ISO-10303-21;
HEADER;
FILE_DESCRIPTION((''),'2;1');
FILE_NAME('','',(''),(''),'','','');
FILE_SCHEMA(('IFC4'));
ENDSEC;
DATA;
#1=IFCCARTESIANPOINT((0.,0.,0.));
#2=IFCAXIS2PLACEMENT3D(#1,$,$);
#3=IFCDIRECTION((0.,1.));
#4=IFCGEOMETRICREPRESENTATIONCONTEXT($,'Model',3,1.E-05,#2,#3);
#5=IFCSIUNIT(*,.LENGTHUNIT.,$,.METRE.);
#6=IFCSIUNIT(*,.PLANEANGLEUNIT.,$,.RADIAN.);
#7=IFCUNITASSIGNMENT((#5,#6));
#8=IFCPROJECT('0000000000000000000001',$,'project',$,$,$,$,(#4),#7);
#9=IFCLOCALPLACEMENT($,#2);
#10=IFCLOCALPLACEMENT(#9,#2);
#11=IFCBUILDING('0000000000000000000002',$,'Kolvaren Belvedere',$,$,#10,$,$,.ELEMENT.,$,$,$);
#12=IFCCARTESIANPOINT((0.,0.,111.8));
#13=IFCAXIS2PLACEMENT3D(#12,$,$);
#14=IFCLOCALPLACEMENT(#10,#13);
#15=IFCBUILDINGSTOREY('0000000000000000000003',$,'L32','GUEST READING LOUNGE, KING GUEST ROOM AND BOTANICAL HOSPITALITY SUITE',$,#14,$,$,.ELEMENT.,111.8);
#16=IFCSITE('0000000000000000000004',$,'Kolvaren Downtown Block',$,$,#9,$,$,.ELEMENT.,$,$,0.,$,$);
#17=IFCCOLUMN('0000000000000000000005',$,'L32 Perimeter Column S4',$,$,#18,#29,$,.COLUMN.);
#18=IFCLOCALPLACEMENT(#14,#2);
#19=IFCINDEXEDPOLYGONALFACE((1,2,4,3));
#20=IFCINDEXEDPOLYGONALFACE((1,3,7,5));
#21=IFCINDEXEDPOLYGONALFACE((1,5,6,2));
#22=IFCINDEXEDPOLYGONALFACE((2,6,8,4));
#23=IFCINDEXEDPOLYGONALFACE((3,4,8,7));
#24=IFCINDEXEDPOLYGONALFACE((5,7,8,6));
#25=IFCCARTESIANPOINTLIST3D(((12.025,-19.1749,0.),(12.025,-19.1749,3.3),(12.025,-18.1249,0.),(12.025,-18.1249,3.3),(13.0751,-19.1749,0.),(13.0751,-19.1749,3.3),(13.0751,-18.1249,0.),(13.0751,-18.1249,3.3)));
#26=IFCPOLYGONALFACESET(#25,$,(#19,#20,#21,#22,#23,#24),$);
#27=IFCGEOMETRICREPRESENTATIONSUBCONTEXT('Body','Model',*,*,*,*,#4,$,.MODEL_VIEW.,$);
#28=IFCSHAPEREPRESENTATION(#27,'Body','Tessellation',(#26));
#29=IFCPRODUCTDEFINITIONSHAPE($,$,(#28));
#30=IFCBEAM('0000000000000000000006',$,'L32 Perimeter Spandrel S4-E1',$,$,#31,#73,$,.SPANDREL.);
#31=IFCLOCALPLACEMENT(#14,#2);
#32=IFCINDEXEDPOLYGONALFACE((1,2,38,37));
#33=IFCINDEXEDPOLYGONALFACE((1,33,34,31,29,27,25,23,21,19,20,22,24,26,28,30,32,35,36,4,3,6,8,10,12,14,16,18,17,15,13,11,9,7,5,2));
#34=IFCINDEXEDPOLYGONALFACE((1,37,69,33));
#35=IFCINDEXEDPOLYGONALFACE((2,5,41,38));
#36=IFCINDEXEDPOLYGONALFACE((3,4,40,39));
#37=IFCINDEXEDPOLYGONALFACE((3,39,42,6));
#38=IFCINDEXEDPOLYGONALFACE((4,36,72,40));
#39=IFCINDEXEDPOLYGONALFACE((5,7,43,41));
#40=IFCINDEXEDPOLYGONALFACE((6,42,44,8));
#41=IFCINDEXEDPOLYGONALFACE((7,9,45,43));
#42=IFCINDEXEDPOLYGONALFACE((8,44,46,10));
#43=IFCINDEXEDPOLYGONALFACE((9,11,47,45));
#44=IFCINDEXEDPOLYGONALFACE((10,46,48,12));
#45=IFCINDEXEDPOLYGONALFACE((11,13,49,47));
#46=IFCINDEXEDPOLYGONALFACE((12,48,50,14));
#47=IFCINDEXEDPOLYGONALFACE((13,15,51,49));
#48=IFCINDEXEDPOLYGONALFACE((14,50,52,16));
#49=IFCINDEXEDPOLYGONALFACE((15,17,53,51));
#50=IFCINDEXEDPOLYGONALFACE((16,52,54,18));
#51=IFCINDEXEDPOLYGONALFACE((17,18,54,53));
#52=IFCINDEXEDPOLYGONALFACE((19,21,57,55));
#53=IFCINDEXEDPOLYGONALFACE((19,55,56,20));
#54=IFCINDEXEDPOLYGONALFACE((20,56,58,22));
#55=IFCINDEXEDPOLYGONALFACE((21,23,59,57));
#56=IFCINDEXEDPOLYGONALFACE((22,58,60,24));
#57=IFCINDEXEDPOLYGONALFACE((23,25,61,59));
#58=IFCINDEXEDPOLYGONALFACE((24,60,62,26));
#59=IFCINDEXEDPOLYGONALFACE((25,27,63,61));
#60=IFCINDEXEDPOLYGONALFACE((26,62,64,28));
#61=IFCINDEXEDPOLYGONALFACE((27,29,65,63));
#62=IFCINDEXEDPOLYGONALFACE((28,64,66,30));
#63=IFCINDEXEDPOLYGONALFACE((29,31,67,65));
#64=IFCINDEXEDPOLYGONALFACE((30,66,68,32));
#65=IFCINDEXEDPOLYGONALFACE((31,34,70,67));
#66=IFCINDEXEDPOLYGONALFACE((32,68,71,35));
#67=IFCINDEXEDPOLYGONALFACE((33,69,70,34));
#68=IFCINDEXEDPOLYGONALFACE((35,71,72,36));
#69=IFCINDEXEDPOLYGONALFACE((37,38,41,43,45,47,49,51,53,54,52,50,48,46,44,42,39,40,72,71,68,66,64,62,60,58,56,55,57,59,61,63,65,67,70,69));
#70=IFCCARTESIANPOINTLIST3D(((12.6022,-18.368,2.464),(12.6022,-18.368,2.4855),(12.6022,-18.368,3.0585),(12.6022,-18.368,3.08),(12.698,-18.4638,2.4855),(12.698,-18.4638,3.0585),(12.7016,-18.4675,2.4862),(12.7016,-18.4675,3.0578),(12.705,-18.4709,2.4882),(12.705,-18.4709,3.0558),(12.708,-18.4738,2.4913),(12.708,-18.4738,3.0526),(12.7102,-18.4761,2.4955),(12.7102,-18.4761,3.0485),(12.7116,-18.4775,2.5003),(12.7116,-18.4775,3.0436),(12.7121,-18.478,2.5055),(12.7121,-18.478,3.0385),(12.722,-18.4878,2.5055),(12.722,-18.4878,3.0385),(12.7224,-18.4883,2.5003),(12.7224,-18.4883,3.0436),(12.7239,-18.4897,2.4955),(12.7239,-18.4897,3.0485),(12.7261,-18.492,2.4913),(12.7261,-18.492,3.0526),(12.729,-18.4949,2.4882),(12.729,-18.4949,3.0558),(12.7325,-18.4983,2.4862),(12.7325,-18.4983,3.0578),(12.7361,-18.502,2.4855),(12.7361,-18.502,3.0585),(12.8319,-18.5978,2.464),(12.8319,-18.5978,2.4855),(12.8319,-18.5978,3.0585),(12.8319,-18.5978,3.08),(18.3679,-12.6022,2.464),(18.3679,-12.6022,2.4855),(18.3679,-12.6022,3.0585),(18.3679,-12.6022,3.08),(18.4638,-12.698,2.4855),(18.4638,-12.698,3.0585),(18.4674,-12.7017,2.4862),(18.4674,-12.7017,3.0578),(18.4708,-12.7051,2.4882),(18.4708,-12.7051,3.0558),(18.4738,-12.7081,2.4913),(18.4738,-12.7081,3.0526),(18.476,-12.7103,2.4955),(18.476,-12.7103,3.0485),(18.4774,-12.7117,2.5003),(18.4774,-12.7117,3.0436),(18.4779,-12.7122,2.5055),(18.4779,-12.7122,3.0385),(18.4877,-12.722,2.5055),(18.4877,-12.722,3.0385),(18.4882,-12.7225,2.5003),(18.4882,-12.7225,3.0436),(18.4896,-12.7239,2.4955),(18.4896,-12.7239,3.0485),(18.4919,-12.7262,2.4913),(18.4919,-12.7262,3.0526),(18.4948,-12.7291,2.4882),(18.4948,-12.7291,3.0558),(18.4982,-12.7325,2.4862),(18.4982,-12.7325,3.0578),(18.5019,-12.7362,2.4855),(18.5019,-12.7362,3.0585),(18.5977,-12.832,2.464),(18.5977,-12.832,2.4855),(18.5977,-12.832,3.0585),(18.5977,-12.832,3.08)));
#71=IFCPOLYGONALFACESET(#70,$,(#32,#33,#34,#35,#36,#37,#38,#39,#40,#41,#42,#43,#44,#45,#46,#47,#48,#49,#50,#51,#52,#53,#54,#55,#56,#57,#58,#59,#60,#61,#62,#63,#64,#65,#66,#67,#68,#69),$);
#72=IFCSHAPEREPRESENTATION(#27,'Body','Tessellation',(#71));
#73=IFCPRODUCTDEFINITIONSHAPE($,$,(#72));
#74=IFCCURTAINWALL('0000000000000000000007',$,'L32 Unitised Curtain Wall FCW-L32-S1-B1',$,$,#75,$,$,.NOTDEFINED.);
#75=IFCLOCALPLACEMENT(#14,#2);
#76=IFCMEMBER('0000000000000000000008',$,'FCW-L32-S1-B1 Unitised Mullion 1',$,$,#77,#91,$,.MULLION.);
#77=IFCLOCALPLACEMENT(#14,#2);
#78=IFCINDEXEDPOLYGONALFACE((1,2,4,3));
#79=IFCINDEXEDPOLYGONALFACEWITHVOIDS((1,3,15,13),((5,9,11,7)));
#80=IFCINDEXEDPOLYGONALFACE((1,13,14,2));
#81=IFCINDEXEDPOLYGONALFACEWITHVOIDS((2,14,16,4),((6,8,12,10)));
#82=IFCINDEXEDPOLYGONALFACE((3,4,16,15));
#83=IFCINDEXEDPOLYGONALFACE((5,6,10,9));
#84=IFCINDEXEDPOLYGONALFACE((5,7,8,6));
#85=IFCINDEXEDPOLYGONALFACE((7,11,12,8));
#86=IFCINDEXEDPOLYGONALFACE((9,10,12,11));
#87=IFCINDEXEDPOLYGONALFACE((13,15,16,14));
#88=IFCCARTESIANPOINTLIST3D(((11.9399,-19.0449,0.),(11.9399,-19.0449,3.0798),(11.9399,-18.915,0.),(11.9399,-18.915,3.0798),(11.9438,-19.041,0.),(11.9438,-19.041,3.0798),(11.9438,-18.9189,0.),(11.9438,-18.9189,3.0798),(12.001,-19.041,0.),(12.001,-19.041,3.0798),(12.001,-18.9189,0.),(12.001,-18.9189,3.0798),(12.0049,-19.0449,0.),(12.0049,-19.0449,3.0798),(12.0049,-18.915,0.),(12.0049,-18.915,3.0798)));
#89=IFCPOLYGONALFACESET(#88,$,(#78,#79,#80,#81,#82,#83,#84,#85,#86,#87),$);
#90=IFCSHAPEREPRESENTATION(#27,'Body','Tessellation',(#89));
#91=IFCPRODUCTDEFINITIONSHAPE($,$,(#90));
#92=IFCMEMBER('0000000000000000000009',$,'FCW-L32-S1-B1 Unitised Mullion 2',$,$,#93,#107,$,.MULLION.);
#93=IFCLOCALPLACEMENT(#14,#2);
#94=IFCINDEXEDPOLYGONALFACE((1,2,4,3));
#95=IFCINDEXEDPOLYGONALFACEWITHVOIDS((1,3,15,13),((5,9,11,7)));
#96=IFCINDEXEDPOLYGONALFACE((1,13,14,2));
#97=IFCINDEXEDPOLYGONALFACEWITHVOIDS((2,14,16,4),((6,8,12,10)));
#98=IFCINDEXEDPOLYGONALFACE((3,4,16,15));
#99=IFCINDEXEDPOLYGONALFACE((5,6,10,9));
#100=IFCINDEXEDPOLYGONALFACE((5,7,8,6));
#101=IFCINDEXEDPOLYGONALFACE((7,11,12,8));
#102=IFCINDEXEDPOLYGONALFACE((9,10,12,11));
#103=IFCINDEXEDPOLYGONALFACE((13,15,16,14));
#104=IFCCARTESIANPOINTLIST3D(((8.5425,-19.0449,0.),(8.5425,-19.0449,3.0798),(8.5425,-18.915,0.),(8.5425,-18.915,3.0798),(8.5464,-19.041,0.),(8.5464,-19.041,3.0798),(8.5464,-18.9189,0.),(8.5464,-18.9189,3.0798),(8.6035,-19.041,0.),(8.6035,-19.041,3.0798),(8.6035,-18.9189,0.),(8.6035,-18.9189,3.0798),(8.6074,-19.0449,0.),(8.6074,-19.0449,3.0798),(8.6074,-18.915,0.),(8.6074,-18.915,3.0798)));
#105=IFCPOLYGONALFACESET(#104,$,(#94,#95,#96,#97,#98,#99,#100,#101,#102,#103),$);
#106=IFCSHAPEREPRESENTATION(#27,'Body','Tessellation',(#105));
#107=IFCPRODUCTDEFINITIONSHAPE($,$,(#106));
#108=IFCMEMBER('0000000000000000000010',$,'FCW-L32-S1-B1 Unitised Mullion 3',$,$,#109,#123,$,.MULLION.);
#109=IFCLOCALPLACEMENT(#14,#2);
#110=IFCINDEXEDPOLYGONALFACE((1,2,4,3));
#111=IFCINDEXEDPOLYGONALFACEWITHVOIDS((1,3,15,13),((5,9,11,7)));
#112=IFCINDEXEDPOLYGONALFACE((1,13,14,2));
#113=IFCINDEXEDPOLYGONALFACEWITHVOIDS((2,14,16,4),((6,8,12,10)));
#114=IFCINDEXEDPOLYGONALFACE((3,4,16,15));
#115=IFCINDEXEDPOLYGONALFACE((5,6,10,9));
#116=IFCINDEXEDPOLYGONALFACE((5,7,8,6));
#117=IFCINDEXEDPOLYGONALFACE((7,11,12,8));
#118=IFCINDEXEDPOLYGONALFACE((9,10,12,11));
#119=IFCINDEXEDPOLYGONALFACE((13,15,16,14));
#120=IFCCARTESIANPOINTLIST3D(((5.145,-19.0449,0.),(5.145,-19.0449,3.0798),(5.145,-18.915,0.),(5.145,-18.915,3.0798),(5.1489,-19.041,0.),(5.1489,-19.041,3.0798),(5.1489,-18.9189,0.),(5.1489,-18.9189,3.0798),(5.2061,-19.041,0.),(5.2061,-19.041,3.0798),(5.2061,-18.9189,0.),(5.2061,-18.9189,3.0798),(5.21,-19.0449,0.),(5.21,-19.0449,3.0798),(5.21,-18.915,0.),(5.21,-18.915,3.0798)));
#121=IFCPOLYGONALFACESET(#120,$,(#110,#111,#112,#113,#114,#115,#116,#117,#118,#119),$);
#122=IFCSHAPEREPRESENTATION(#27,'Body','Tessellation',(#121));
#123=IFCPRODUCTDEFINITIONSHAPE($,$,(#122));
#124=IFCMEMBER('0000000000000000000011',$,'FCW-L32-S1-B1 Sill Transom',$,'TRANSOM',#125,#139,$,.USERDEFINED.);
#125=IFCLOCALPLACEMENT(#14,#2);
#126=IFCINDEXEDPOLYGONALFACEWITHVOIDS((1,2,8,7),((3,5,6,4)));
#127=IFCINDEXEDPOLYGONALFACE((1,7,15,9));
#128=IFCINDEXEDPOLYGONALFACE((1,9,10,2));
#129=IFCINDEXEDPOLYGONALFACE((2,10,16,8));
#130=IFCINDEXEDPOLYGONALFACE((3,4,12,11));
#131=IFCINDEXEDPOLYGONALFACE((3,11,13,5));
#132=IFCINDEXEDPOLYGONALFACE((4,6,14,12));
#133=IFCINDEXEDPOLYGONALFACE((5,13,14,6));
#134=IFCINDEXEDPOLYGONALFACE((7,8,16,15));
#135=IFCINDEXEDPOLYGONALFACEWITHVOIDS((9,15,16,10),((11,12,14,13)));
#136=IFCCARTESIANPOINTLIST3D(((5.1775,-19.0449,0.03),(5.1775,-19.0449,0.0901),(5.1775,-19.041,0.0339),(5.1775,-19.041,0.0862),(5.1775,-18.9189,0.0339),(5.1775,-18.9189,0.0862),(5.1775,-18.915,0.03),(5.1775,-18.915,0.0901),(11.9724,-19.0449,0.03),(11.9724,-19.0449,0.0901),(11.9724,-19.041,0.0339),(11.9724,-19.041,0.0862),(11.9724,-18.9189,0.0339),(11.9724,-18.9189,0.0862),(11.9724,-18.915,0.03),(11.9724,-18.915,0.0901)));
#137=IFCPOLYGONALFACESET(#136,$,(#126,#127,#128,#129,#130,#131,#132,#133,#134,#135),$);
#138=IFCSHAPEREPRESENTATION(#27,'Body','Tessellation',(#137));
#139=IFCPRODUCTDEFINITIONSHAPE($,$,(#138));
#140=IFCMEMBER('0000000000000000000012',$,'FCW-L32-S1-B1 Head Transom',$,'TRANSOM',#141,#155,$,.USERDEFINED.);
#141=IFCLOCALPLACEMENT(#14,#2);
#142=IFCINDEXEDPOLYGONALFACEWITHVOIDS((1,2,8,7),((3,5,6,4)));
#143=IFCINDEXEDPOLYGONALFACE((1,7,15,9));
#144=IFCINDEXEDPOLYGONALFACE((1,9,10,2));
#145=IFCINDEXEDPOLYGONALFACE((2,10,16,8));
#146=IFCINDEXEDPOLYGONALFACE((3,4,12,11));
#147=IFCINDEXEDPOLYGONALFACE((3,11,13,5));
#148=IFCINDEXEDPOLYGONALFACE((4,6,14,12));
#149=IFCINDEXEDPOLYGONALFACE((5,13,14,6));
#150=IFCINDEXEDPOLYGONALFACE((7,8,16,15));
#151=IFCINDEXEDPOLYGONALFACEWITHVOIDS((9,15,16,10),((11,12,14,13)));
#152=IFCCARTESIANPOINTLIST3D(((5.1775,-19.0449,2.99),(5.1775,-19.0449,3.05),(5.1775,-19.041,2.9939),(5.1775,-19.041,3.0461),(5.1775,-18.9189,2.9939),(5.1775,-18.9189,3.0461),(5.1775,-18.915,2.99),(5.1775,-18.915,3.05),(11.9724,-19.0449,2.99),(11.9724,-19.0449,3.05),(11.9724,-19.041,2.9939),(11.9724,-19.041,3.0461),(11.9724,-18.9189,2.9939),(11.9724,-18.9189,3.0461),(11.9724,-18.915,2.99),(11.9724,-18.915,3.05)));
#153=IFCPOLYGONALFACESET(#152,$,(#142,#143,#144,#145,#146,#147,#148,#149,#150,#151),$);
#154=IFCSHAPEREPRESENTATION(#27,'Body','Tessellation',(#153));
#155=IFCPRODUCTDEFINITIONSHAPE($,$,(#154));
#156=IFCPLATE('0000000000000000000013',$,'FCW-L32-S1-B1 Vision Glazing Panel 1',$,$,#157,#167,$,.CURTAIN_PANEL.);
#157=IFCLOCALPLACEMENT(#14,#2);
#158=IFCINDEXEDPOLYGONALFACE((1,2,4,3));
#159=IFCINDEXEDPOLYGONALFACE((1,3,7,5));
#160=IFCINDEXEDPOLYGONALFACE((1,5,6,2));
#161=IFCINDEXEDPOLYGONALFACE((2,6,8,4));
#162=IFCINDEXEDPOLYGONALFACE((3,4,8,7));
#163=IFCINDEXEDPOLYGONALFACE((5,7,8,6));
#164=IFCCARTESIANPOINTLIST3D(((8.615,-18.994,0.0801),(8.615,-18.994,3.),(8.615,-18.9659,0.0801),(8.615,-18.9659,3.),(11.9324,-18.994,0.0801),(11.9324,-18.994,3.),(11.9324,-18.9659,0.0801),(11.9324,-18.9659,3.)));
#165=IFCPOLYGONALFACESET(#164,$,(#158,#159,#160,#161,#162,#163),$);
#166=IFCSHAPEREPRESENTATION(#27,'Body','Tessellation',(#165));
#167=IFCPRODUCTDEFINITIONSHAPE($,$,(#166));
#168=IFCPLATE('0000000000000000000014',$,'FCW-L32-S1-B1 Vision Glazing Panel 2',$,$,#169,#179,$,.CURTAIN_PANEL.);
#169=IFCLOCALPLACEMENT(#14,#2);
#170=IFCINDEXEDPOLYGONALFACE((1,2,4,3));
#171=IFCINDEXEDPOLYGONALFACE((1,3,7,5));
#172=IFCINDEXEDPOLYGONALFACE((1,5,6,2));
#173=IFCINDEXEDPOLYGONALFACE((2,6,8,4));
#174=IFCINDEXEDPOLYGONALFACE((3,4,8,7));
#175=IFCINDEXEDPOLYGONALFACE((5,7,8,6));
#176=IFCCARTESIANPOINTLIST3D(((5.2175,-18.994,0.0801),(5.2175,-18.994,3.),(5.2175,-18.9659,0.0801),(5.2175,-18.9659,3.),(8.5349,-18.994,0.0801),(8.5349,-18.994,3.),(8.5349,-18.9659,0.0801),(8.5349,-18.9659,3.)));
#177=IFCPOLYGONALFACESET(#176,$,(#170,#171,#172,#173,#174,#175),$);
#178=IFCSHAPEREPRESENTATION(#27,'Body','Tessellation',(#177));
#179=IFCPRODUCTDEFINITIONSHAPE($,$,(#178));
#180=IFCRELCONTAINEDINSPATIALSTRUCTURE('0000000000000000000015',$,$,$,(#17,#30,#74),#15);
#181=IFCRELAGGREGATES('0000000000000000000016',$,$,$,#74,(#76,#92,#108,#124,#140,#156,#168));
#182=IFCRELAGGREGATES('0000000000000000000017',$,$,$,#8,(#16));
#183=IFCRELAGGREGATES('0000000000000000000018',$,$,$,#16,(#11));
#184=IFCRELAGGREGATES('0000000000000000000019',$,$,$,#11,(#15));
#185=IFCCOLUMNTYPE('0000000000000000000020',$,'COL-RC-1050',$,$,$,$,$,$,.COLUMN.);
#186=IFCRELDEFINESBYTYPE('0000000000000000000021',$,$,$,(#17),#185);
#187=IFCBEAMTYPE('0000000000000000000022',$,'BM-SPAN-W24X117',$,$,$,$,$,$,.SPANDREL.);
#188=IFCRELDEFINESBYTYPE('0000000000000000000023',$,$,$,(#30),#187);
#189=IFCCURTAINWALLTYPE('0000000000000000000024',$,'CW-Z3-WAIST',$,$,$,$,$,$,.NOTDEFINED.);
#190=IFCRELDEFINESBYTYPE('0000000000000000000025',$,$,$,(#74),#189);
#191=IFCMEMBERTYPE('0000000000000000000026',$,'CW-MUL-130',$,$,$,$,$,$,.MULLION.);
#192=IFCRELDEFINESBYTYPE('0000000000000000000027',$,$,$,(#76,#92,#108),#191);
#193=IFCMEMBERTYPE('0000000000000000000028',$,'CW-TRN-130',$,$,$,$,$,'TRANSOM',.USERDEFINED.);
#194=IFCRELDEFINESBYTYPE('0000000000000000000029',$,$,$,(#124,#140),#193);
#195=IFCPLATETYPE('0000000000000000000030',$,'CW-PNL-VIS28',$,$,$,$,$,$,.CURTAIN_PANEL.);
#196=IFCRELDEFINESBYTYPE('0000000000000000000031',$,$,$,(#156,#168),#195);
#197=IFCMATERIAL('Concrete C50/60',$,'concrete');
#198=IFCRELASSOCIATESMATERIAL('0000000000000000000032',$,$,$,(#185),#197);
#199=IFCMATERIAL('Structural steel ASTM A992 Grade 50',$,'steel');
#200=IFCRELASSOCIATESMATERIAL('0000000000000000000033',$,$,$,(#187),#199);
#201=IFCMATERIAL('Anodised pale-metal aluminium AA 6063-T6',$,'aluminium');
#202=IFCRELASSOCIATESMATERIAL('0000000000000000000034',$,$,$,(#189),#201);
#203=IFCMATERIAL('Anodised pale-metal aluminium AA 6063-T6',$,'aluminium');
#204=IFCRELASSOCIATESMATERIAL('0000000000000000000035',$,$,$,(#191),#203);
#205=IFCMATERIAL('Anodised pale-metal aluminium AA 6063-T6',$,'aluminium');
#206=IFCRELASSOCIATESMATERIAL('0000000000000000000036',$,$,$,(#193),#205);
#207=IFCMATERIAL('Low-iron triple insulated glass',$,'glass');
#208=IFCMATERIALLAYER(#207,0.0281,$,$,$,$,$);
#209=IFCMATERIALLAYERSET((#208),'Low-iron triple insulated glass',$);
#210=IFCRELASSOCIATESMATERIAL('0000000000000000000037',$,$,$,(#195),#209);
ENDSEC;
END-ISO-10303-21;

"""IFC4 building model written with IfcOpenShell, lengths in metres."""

from ifc_helpers import new_model, si_unit, direction, frame, origin, origin_2d, place, context, subcontext, project, spatial, rectangle, hollow_rectangle, i_section, extrude, material, layer, layer_set, material_profile, profile_set, type_object, element, aggregate, save


model = new_model("IFC4")

# Units and contexts
model_context = context("Model", 3, precision=1e-05, world=origin(), true_north=direction((0.0, 1.0)))
body_context = subcontext(model_context, "Body", "Model", "MODEL_VIEW")
ifc_project = project(units=[si_unit("LENGTHUNIT", "METRE"), si_unit("PLANEANGLEUNIT", "RADIAN")], contexts=[model_context])

# Site, building, storey
site_placement = place(None, origin())
site = spatial("IfcSite", under=ifc_project, at=site_placement, Name="Kolvaren Downtown Block", CompositionType="ELEMENT", RefElevation=0.0)
building_placement = place(site_placement, origin())
building = spatial("IfcBuilding", under=site, at=building_placement, Name="Kolvaren Belvedere", CompositionType="ELEMENT")
storey_placement = place(building_placement, frame((0.0, 0.0, 111.8)))
storey = spatial("IfcBuildingStorey", under=building, at=storey_placement, Name="L32", Description="GUEST READING LOUNGE, KING GUEST ROOM AND BOTANICAL HOSPITALITY SUITE", CompositionType="ELEMENT", Elevation=111.8)

# Column
ifc_material_1 = material(Name="Concrete C50/60", Category="concrete")
ifc_material_profile_1 = material_profile(ifc_material_1, rectangle(XDim=1.05, YDim=1.05, at=origin_2d()), Name="RC 1050X1050")
ifc_profile_set_1 = profile_set([ifc_material_profile_1], Name="Concrete C50/60")
column_type = type_object("IfcColumnType", Name="COL-RC-1050", PredefinedType="COLUMN", material=ifc_profile_set_1)
column_placement = place(storey_placement, frame((12.55, -18.6499, 0.0), z_axis=(0.0, 0.0, 1.0), x_axis=(1.0, 0.0, 0.0)))
element("IfcColumn", 1, at=column_placement, inside=storey, type_object=column_type, Name="L32 Perimeter Column S4", PredefinedType="COLUMN", context=body_context, shape_type="SweptSolid", body=[
    extrude(rectangle(XDim=1.05, YDim=1.05, at=origin_2d()), origin(), (0.0, 0.0, 1.0), 3.3),
])

# Beam
ifc_material_2 = material(Name="Structural steel ASTM A992 Grade 50", Category="steel")
ifc_material_profile_2 = material_profile(ifc_material_2, i_section(OverallWidth=0.325, OverallDepth=0.616, WebThickness=0.0139, FlangeThickness=0.0215, FilletRadius=0.02, at=origin_2d()), Name="W24X117")
ifc_profile_set_2 = profile_set([ifc_material_profile_2], Name="Structural steel ASTM A992 Grade 50")
beam_type = type_object("IfcBeamType", Name="BM-SPAN-W24X117", PredefinedType="SPANDREL", material=ifc_profile_set_2)
beam_placement = place(storey_placement, frame((12.717, -18.4829, 2.772), z_axis=(0.707107, 0.707107, 0.0), x_axis=(-0.707107, 0.707107, 0.0)))
element("IfcBeam", 2, at=beam_placement, inside=storey, type_object=beam_type, Name="L32 Perimeter Spandrel S4-E1", PredefinedType="SPANDREL", context=body_context, shape_type="SweptSolid", body=[
    extrude(i_section(OverallWidth=0.325, OverallDepth=0.616, WebThickness=0.0139, FlangeThickness=0.0215, FilletRadius=0.02, at=origin_2d()), origin(), (0.0, 0.0, 1.0), 8.1541),
])

# Curtain wall, members, plates
ifc_material_3 = material(Name="Anodised pale-metal aluminium AA 6063-T6", Category="aluminium")
curtain_wall_type = type_object("IfcCurtainWallType", Name="CW-Z3-WAIST", PredefinedType="NOTDEFINED", material=ifc_material_3)
curtain_wall_placement = place(storey_placement, origin())
curtain_wall = element("IfcCurtainWall", 3, at=curtain_wall_placement, inside=storey, type_object=curtain_wall_type, Name="L32 Unitised Curtain Wall FCW-L32-S1-B1", PredefinedType="NOTDEFINED")
ifc_material_4 = material(Name="Anodised pale-metal aluminium AA 6063-T6", Category="aluminium")
ifc_material_profile_3 = material_profile(ifc_material_4, hollow_rectangle(XDim=0.0649, YDim=0.1299, WallThickness=0.0039, at=origin_2d()), Name="ALU-MUL-130X65")
ifc_profile_set_3 = profile_set([ifc_material_profile_3], Name="Anodised pale-metal aluminium AA 6063-T6")
member_type_1 = type_object("IfcMemberType", Name="CW-MUL-130", PredefinedType="MULLION", material=ifc_profile_set_3)
member_1_placement = place(storey_placement, frame((11.9724, -18.98, 0.0), z_axis=(0.0, 0.0, 1.0), x_axis=(1.0, 0.0, 0.0)))
member_1 = element("IfcMember", 4, at=member_1_placement, type_object=member_type_1, Name="FCW-L32-S1-B1 Unitised Mullion 1", PredefinedType="MULLION", context=body_context, shape_type="SweptSolid", body=[
    extrude(hollow_rectangle(XDim=0.0649, YDim=0.1299, WallThickness=0.0039, at=origin_2d()), origin(), (0.0, 0.0, 1.0), 3.0798),
])
member_2_placement = place(storey_placement, frame((8.575, -18.98, 0.0), z_axis=(0.0, 0.0, 1.0), x_axis=(1.0, 0.0, 0.0)))
member_2 = element("IfcMember", 5, at=member_2_placement, type_object=member_type_1, Name="FCW-L32-S1-B1 Unitised Mullion 2", PredefinedType="MULLION", context=body_context, shape_type="SweptSolid", body=[
    extrude(hollow_rectangle(XDim=0.0649, YDim=0.1299, WallThickness=0.0039, at=origin_2d()), origin(), (0.0, 0.0, 1.0), 3.0798),
])
member_3_placement = place(storey_placement, frame((5.1775, -18.98, 0.0), z_axis=(0.0, 0.0, 1.0), x_axis=(1.0, 0.0, 0.0)))
member_3 = element("IfcMember", 6, at=member_3_placement, type_object=member_type_1, Name="FCW-L32-S1-B1 Unitised Mullion 3", PredefinedType="MULLION", context=body_context, shape_type="SweptSolid", body=[
    extrude(hollow_rectangle(XDim=0.0649, YDim=0.1299, WallThickness=0.0039, at=origin_2d()), origin(), (0.0, 0.0, 1.0), 3.0798),
])
ifc_material_5 = material(Name="Anodised pale-metal aluminium AA 6063-T6", Category="aluminium")
ifc_material_profile_4 = material_profile(ifc_material_5, hollow_rectangle(XDim=0.0601, YDim=0.1299, WallThickness=0.0039, at=origin_2d()), Name="ALU-TRN-130X60")
ifc_profile_set_4 = profile_set([ifc_material_profile_4], Name="Anodised pale-metal aluminium AA 6063-T6")
member_type_2 = type_object("IfcMemberType", Name="CW-TRN-130", ElementType="TRANSOM", PredefinedType="USERDEFINED", material=ifc_profile_set_4)
member_4_placement = place(storey_placement, frame((11.9724, -18.98, 0.0601), z_axis=(-1.0, 0.0, 0.0), x_axis=(0.0, 0.0, 1.0)))
member_4 = element("IfcMember", 7, at=member_4_placement, type_object=member_type_2, Name="FCW-L32-S1-B1 Sill Transom", ObjectType="TRANSOM", PredefinedType="USERDEFINED", context=body_context, shape_type="SweptSolid", body=[
    extrude(hollow_rectangle(XDim=0.0601, YDim=0.1299, WallThickness=0.0039, at=origin_2d()), origin(), (0.0, 0.0, 1.0), 6.7949),
])
member_5_placement = place(storey_placement, frame((11.9724, -18.98, 3.02), z_axis=(-1.0, 0.0, 0.0), x_axis=(0.0, 0.0, 1.0)))
member_5 = element("IfcMember", 8, at=member_5_placement, type_object=member_type_2, Name="FCW-L32-S1-B1 Head Transom", ObjectType="TRANSOM", PredefinedType="USERDEFINED", context=body_context, shape_type="SweptSolid", body=[
    extrude(hollow_rectangle(XDim=0.0601, YDim=0.1299, WallThickness=0.0039, at=origin_2d()), origin(), (0.0, 0.0, 1.0), 6.7949),
])
ifc_material_6 = material(Name="Low-iron triple insulated glass", Category="glass")
ifc_layer_1 = layer(ifc_material_6, 0.0281)
ifc_layer_set_1 = layer_set([ifc_layer_1], Name="Low-iron triple insulated glass")
plate_type_1 = type_object("IfcPlateType", Name="CW-PNL-VIS28", PredefinedType="CURTAIN_PANEL", material=ifc_layer_set_1)
plate_1_placement = place(storey_placement, frame((10.2737, -18.98, 0.0801), z_axis=(0.0, 0.0, 1.0), x_axis=(-1.0, 0.0, 0.0)))
plate_1 = element("IfcPlate", 9, at=plate_1_placement, type_object=plate_type_1, Name="FCW-L32-S1-B1 Vision Glazing Panel 1", PredefinedType="CURTAIN_PANEL", context=body_context, shape_type="SweptSolid", body=[
    extrude(rectangle(XDim=3.3174, YDim=0.0281, at=origin_2d()), origin(), (0.0, 0.0, 1.0), 2.9199),
])
plate_2_placement = place(storey_placement, frame((6.8762, -18.98, 0.0801), z_axis=(0.0, 0.0, 1.0), x_axis=(-1.0, 0.0, 0.0)))
plate_2 = element("IfcPlate", 10, at=plate_2_placement, type_object=plate_type_1, Name="FCW-L32-S1-B1 Vision Glazing Panel 2", PredefinedType="CURTAIN_PANEL", context=body_context, shape_type="SweptSolid", body=[
    extrude(rectangle(XDim=3.3174, YDim=0.0281, at=origin_2d()), origin(), (0.0, 0.0, 1.0), 2.9199),
])
aggregate(curtain_wall, [member_1, member_2, member_3, member_4, member_5, plate_1, plate_2])

save(model, "model.ifc")
